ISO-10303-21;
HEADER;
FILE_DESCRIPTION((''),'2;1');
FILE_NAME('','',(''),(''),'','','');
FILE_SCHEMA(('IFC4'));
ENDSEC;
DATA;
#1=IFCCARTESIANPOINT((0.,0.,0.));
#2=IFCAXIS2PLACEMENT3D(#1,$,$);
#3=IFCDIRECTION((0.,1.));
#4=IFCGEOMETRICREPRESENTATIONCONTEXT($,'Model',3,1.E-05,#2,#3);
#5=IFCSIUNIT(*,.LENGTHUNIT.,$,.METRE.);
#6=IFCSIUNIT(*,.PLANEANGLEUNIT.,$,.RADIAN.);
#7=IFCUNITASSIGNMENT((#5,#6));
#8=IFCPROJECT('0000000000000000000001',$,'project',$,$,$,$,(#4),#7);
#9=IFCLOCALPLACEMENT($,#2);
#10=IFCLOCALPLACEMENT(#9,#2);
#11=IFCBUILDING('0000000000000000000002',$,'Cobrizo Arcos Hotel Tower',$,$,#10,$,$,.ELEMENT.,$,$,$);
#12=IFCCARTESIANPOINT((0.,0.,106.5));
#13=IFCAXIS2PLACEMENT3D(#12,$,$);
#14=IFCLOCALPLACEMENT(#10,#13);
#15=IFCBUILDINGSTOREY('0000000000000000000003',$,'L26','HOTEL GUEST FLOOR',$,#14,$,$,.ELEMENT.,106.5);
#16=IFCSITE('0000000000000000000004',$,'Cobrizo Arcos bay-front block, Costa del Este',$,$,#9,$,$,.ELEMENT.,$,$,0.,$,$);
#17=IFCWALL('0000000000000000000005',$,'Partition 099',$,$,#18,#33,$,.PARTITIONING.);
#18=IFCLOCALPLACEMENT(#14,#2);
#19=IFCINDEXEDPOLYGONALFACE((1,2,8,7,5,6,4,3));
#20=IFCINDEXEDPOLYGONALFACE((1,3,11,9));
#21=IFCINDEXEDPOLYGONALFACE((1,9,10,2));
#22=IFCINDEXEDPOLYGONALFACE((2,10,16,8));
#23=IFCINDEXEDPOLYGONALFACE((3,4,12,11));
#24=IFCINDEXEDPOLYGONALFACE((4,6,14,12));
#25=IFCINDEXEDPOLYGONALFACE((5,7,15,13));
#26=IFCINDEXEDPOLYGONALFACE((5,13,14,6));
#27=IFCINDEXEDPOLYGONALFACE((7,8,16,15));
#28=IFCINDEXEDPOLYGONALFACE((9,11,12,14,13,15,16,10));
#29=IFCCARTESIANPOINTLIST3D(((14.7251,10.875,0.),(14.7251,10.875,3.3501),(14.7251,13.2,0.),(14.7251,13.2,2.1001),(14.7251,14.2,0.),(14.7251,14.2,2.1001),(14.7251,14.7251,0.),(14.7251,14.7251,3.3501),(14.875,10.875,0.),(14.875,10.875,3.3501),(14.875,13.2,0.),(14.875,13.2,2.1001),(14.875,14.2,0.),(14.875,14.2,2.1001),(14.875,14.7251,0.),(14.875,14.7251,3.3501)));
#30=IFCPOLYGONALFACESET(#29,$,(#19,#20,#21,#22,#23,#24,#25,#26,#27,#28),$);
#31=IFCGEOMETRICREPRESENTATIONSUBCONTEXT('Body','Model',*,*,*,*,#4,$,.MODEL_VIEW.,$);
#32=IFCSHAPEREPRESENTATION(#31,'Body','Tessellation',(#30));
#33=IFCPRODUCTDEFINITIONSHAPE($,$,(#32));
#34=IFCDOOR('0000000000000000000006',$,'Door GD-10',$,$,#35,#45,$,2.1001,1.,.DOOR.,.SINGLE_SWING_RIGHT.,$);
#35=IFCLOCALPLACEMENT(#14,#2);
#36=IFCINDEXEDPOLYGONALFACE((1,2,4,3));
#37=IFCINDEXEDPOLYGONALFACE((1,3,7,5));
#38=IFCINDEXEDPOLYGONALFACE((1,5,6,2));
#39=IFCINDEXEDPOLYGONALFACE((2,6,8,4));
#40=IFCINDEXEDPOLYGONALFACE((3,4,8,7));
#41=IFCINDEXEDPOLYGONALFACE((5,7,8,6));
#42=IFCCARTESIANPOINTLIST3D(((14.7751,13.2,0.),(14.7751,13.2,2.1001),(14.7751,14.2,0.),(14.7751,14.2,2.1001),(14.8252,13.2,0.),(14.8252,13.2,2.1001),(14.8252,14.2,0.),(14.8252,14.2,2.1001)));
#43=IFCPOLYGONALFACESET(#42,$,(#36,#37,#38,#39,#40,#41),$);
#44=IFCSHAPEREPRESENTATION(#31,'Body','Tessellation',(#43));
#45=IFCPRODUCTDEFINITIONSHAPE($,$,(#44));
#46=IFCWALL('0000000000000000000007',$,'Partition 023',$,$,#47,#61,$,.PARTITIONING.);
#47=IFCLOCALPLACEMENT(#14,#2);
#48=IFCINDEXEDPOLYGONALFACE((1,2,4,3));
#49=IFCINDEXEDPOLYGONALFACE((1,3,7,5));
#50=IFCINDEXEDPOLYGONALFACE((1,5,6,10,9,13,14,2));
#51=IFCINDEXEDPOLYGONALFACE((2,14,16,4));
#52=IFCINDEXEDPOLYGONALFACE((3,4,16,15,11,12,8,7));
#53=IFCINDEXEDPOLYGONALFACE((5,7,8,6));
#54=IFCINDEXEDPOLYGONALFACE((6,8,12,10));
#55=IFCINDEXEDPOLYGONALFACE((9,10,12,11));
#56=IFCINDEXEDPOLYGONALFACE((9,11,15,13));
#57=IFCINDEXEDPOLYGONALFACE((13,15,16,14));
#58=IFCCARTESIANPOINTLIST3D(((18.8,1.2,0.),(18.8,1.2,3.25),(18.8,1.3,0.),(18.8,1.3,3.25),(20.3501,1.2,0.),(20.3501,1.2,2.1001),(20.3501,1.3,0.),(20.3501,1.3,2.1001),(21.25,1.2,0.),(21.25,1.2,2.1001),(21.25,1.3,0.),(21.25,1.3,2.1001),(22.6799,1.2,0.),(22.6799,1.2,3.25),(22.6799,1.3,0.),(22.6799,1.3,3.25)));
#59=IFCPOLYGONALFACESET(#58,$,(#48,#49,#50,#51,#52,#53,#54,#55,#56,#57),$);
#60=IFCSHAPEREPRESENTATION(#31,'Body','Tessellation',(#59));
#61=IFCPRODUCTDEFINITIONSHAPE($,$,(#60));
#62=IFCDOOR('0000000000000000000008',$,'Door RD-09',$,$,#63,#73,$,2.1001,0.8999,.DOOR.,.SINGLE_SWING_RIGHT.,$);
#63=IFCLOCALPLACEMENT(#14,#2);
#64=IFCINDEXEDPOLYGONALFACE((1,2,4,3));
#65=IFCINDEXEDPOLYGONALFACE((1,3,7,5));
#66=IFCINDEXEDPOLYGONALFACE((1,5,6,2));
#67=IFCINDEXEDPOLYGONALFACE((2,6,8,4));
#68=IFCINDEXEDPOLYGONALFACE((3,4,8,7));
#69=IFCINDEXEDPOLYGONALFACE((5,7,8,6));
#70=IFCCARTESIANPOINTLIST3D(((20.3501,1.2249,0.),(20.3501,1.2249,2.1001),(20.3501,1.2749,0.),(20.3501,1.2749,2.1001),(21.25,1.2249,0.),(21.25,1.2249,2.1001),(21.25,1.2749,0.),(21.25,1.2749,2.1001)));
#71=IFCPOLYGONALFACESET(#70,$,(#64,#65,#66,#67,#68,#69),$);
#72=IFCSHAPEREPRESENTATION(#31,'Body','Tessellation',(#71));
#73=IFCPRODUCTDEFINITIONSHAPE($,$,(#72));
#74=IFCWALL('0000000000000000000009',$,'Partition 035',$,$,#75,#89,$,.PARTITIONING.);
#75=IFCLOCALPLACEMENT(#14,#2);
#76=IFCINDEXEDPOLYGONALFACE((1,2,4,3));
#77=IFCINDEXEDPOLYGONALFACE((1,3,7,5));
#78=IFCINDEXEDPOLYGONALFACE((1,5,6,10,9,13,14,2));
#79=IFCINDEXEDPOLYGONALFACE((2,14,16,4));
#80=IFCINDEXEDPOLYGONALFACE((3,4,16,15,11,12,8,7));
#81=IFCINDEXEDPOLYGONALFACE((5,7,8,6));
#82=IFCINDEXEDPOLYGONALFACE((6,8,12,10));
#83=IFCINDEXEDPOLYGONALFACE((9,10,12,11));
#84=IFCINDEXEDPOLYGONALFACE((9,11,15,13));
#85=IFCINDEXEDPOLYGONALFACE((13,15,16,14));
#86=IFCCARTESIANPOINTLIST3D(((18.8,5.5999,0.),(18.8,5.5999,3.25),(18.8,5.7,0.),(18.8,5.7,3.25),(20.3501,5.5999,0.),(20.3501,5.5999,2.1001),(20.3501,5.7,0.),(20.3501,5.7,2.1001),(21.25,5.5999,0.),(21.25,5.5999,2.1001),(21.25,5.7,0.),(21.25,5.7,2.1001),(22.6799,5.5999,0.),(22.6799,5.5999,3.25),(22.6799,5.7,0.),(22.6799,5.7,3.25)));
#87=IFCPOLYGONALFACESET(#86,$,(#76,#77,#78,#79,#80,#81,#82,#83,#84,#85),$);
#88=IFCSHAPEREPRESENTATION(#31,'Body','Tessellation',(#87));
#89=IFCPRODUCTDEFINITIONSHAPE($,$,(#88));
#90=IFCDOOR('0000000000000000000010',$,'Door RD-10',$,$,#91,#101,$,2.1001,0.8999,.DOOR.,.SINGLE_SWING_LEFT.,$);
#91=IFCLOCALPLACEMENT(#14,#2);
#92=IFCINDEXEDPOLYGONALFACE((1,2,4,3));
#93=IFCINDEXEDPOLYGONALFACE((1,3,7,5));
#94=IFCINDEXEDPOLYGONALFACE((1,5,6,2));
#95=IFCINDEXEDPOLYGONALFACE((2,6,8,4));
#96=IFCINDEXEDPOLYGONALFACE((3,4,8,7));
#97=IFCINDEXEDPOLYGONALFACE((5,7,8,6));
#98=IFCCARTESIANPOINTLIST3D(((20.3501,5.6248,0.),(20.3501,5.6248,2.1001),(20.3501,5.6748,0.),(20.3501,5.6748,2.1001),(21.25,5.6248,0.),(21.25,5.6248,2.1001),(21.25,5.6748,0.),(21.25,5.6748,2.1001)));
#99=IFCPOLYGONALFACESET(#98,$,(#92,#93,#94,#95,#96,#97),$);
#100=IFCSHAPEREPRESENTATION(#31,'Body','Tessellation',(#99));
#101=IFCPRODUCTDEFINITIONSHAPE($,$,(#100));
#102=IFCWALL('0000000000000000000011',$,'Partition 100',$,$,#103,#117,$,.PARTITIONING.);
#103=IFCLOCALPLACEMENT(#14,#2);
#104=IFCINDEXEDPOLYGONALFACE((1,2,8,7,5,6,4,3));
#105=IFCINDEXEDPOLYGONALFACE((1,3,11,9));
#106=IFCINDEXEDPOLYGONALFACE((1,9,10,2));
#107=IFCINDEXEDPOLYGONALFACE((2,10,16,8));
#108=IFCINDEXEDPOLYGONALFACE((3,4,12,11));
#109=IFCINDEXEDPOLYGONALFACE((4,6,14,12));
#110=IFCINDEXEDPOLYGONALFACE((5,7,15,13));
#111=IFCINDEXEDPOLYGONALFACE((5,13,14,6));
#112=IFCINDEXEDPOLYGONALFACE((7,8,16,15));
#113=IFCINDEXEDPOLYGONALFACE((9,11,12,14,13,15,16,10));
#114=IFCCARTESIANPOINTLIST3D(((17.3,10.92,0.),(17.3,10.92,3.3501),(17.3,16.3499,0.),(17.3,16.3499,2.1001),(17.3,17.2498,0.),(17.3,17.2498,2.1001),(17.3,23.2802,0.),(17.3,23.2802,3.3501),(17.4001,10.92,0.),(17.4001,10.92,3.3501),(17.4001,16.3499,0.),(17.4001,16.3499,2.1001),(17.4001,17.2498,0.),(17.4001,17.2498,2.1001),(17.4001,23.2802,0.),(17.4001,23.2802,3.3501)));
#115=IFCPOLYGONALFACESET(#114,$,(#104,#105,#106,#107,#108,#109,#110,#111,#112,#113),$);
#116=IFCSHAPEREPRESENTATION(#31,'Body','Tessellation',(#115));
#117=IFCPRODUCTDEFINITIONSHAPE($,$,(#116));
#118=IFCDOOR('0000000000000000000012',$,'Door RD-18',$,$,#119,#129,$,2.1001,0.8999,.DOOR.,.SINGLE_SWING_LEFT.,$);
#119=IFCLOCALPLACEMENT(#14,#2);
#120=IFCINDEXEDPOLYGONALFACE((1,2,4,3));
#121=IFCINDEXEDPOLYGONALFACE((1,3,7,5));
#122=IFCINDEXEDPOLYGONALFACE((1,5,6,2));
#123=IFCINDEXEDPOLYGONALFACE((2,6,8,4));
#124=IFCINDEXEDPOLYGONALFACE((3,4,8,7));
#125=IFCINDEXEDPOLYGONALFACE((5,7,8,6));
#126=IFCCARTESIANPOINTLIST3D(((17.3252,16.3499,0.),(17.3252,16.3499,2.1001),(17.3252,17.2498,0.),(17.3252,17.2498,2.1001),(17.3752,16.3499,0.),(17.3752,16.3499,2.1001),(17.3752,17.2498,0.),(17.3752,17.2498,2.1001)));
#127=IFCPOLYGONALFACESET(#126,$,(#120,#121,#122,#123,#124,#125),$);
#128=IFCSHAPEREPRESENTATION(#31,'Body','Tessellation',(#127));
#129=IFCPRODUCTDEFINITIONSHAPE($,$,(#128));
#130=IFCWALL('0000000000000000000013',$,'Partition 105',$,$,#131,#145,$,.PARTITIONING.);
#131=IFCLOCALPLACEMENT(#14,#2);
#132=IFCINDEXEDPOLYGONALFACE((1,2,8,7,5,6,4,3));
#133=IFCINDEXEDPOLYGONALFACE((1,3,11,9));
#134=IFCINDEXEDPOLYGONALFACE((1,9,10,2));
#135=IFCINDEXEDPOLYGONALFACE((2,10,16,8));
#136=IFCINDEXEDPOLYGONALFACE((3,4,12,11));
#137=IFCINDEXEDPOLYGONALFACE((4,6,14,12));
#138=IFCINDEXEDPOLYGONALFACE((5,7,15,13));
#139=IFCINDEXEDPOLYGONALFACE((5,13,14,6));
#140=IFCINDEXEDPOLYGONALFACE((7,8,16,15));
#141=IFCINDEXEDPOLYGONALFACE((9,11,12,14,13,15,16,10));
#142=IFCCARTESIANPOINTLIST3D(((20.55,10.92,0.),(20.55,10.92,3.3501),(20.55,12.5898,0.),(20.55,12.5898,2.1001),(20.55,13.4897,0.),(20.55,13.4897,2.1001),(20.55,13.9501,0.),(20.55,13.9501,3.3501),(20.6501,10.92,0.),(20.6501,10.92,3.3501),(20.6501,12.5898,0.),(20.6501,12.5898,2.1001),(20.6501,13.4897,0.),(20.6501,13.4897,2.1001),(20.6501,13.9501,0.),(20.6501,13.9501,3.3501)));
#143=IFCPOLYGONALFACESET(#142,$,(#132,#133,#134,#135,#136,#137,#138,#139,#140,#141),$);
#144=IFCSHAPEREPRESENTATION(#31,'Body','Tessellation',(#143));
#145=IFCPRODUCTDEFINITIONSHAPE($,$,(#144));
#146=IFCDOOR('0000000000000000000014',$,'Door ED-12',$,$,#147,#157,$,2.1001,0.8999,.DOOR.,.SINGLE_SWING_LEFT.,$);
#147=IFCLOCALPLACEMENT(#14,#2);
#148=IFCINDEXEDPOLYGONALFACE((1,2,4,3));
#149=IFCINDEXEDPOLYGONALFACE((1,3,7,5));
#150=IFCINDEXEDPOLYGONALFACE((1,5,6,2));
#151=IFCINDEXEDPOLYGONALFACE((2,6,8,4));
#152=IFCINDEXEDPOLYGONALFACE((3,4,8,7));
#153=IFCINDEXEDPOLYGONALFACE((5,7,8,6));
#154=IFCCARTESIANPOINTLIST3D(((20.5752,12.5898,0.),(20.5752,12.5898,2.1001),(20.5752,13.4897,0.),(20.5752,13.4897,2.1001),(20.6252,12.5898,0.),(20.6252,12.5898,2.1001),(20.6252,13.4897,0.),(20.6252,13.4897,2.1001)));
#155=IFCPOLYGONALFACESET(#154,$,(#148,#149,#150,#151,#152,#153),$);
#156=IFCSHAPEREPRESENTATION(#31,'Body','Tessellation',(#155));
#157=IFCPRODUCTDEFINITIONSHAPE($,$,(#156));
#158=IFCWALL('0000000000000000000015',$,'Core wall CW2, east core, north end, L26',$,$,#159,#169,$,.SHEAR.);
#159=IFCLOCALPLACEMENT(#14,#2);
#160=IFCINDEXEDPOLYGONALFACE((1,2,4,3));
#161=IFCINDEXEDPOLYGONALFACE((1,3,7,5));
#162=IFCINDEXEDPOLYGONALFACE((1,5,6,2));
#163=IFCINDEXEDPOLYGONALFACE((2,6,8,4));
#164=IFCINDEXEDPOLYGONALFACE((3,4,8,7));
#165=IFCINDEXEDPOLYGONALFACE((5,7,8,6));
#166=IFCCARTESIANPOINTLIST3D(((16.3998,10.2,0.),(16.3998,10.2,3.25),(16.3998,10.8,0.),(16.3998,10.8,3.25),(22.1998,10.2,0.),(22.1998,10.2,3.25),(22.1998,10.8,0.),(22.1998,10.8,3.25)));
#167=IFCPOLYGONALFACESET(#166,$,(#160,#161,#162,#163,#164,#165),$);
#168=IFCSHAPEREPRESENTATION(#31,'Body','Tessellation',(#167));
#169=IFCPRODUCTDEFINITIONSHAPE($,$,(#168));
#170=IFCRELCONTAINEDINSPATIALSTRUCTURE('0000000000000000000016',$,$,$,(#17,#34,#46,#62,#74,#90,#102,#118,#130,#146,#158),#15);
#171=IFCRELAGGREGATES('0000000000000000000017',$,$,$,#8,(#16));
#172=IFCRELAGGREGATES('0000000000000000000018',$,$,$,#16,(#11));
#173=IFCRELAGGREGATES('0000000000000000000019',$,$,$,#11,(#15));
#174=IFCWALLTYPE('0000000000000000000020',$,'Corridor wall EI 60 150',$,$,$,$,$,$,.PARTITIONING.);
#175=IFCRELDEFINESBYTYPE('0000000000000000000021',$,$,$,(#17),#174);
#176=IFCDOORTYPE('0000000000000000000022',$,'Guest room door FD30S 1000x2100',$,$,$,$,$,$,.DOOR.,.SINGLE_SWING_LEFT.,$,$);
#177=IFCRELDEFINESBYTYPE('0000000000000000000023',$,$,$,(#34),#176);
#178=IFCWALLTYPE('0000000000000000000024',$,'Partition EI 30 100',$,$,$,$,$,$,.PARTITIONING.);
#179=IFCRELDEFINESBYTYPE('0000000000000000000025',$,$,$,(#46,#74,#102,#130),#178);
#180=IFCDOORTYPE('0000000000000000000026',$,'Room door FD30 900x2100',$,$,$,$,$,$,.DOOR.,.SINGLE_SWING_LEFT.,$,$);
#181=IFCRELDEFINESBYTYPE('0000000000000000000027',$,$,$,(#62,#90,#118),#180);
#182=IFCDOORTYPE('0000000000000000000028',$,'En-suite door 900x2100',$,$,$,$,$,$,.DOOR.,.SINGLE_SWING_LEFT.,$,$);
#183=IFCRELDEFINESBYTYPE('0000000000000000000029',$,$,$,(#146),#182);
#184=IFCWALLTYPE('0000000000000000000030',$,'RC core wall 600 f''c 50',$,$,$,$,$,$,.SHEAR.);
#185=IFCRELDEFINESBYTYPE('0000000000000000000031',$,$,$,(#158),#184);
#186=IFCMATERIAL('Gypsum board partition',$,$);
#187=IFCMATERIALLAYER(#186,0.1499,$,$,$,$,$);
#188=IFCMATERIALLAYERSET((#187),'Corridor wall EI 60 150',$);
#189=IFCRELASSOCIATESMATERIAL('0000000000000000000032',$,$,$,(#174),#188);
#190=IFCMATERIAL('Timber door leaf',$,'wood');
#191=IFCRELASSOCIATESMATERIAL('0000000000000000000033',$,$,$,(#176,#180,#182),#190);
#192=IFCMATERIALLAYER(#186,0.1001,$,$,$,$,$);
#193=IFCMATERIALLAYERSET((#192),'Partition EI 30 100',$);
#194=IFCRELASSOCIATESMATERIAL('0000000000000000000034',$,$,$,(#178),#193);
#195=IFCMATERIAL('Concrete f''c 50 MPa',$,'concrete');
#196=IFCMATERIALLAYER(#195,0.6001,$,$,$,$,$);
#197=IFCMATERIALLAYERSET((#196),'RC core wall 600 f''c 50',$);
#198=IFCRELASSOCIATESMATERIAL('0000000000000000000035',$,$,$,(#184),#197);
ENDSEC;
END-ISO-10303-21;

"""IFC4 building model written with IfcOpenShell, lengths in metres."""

from ifc_helpers import new_model, si_unit, direction, frame, frame_2d, origin, place, context, subcontext, project, spatial, rectangle, extrude, material, layer, layer_set, type_object, element, fill, save


model = new_model("IFC4")

# Units and contexts
model_context = context("Model", 3, precision=1e-05, world=origin(), true_north=direction((0.0, 1.0)))
body_context = subcontext(model_context, "Body", "Model", "MODEL_VIEW")
ifc_project = project(units=[si_unit("LENGTHUNIT", "METRE"), si_unit("PLANEANGLEUNIT", "RADIAN")], contexts=[model_context])

# Site, building, storey
site_placement = place(None, origin())
site = spatial("IfcSite", under=ifc_project, at=site_placement, Name="Cobrizo Arcos bay-front block, Costa del Este", CompositionType="ELEMENT", RefElevation=0.0)
building_placement = place(site_placement, origin())
building = spatial("IfcBuilding", under=site, at=building_placement, Name="Cobrizo Arcos Hotel Tower", CompositionType="ELEMENT")
storey_placement = place(building_placement, frame((0.0, 0.0, 106.5)))
storey = spatial("IfcBuildingStorey", under=building, at=storey_placement, Name="L26", Description="HOTEL GUEST FLOOR", CompositionType="ELEMENT", Elevation=106.5)

# Shared definitions
ifc_material_1 = material(Name="Gypsum board partition")
ifc_layer_1 = layer(ifc_material_1, 0.1499)
ifc_layer_set_1 = layer_set([ifc_layer_1], Name="Corridor wall EI 60 150")
wall_type_1 = type_object("IfcWallType", Name="Corridor wall EI 60 150", PredefinedType="PARTITIONING", material=ifc_layer_set_1)

# Walls, openings, doors
wall_1_placement = place(storey_placement, frame((14.8, 10.875, 0.0), z_axis=(0.0, 0.0, 1.0), x_axis=(0.0, 1.0, 0.0)))
wall_1 = element("IfcWall", 1, at=wall_1_placement, inside=storey, type_object=wall_type_1, Name="Partition 099", PredefinedType="PARTITIONING", context=body_context, shape_type="SweptSolid", body=[
    extrude(rectangle(XDim=3.8501, YDim=0.1499, at=frame_2d((1.925, 0.0))), origin(), (0.0, 0.0, 1.0), 3.3501),
])
opening_1_placement = place(wall_1_placement, frame((2.325, 0.0, 0.0)))
opening_1 = element("IfcOpeningElement", 2, at=opening_1_placement, cuts=wall_1, PredefinedType="OPENING", context=body_context, shape_type="SweptSolid", body=[
    extrude(rectangle(XDim=1.0, YDim=2.1001, at=frame_2d((0.5, 1.05))), frame((0.0, 0.0869, 0.0), z_axis=(0.0, -1.0, 0.0), x_axis=(1.0, 0.0, 0.0)), (0.0, 0.0, 1.0), 0.1738),
])
ifc_material_2 = material(Name="Timber door leaf", Category="wood")
door_type_1 = type_object("IfcDoorType", Name="Guest room door FD30S 1000x2100", OperationType="SINGLE_SWING_LEFT", PredefinedType="DOOR", material=ifc_material_2)
door_1_placement = place(opening_1_placement, origin())
door_1 = element("IfcDoor", 3, at=door_1_placement, inside=storey, type_object=door_type_1, Name="Door GD-10", OperationType="SINGLE_SWING_RIGHT", OverallHeight=2.1001, OverallWidth=1.0, PredefinedType="DOOR", context=body_context, shape_type="SweptSolid", body=[
    extrude(rectangle(XDim=1.0, YDim=2.1001, at=frame_2d((0.5, 1.05))), frame((0.0, 0.0249, 0.0), z_axis=(0.0, -1.0, 0.0), x_axis=(1.0, 0.0, 0.0)), (0.0, 0.0, 1.0), 0.05),
])
fill(opening_1, door_1)
ifc_layer_2 = layer(ifc_material_1, 0.1001)
ifc_layer_set_2 = layer_set([ifc_layer_2], Name="Partition EI 30 100")
wall_type_2 = type_object("IfcWallType", Name="Partition EI 30 100", PredefinedType="PARTITIONING", material=ifc_layer_set_2)
wall_2_placement = place(storey_placement, frame((18.8, 1.25, 0.0), z_axis=(0.0, 0.0, 1.0), x_axis=(1.0, 0.0, 0.0)))
wall_2 = element("IfcWall", 4, at=wall_2_placement, inside=storey, type_object=wall_type_2, Name="Partition 023", PredefinedType="PARTITIONING", context=body_context, shape_type="SweptSolid", body=[
    extrude(rectangle(XDim=3.8799, YDim=0.1001, at=frame_2d((1.9399, 0.0))), origin(), (0.0, 0.0, 1.0), 3.25),
])
opening_2_placement = place(wall_2_placement, frame((1.55, 0.0, 0.0)))
opening_2 = element("IfcOpeningElement", 5, at=opening_2_placement, cuts=wall_2, PredefinedType="OPENING", context=body_context, shape_type="SweptSolid", body=[
    extrude(rectangle(XDim=0.8999, YDim=2.1001, at=frame_2d((0.45, 1.05))), frame((0.0, 0.062, 0.0), z_axis=(0.0, -1.0, 0.0), x_axis=(1.0, 0.0, 0.0)), (0.0, 0.0, 1.0), 0.124),
])
door_type_2 = type_object("IfcDoorType", Name="Room door FD30 900x2100", OperationType="SINGLE_SWING_LEFT", PredefinedType="DOOR", material=ifc_material_2)
door_2_placement = place(opening_2_placement, origin())
door_2 = element("IfcDoor", 6, at=door_2_placement, inside=storey, type_object=door_type_2, Name="Door RD-09", OperationType="SINGLE_SWING_RIGHT", OverallHeight=2.1001, OverallWidth=0.8999, PredefinedType="DOOR", context=body_context, shape_type="SweptSolid", body=[
    extrude(rectangle(XDim=0.8999, YDim=2.1001, at=frame_2d((0.45, 1.05))), frame((0.0, 0.0249, 0.0), z_axis=(0.0, -1.0, 0.0), x_axis=(1.0, 0.0, 0.0)), (0.0, 0.0, 1.0), 0.05),
])
fill(opening_2, door_2)
wall_3_placement = place(storey_placement, frame((18.8, 5.6499, 0.0), z_axis=(0.0, 0.0, 1.0), x_axis=(1.0, 0.0, 0.0)))
wall_3 = element("IfcWall", 7, at=wall_3_placement, inside=storey, type_object=wall_type_2, Name="Partition 035", PredefinedType="PARTITIONING", context=body_context, shape_type="SweptSolid", body=[
    extrude(rectangle(XDim=3.8799, YDim=0.1001, at=frame_2d((1.9399, 0.0))), origin(), (0.0, 0.0, 1.0), 3.25),
])
opening_3_placement = place(wall_3_placement, frame((1.55, 0.0, 0.0)))
opening_3 = element("IfcOpeningElement", 8, at=opening_3_placement, cuts=wall_3, PredefinedType="OPENING", context=body_context, shape_type="SweptSolid", body=[
    extrude(rectangle(XDim=0.8999, YDim=2.1001, at=frame_2d((0.45, 1.05))), frame((0.0, 0.062, 0.0), z_axis=(0.0, -1.0, 0.0), x_axis=(1.0, 0.0, 0.0)), (0.0, 0.0, 1.0), 0.124),
])
door_3_placement = place(opening_3_placement, origin())
door_3 = element("IfcDoor", 9, at=door_3_placement, inside=storey, type_object=door_type_2, Name="Door RD-10", OperationType="SINGLE_SWING_LEFT", OverallHeight=2.1001, OverallWidth=0.8999, PredefinedType="DOOR", context=body_context, shape_type="SweptSolid", body=[
    extrude(rectangle(XDim=0.8999, YDim=2.1001, at=frame_2d((0.45, 1.05))), frame((0.0, 0.0249, 0.0), z_axis=(0.0, -1.0, 0.0), x_axis=(1.0, 0.0, 0.0)), (0.0, 0.0, 1.0), 0.05),
])
fill(opening_3, door_3)
wall_4_placement = place(storey_placement, frame((17.3501, 10.9199, 0.0), z_axis=(0.0, 0.0, 1.0), x_axis=(0.0, 1.0, 0.0)))
wall_4 = element("IfcWall", 10, at=wall_4_placement, inside=storey, type_object=wall_type_2, Name="Partition 100", PredefinedType="PARTITIONING", context=body_context, shape_type="SweptSolid", body=[
    extrude(rectangle(XDim=12.3601, YDim=0.1001, at=frame_2d((6.1802, 0.0))), origin(), (0.0, 0.0, 1.0), 3.3501),
])
opening_4_placement = place(wall_4_placement, frame((5.4299, 0.0, 0.0)))
opening_4 = element("IfcOpeningElement", 11, at=opening_4_placement, cuts=wall_4, PredefinedType="OPENING", context=body_context, shape_type="SweptSolid", body=[
    extrude(rectangle(XDim=0.8999, YDim=2.1001, at=frame_2d((0.45, 1.05))), frame((0.0, 0.062, 0.0), z_axis=(0.0, -1.0, 0.0), x_axis=(1.0, 0.0, 0.0)), (0.0, 0.0, 1.0), 0.124),
])
door_4_placement = place(opening_4_placement, origin())
door_4 = element("IfcDoor", 12, at=door_4_placement, inside=storey, type_object=door_type_2, Name="Door RD-18", OperationType="SINGLE_SWING_LEFT", OverallHeight=2.1001, OverallWidth=0.8999, PredefinedType="DOOR", context=body_context, shape_type="SweptSolid", body=[
    extrude(rectangle(XDim=0.8999, YDim=2.1001, at=frame_2d((0.45, 1.05))), frame((0.0, 0.0249, 0.0), z_axis=(0.0, -1.0, 0.0), x_axis=(1.0, 0.0, 0.0)), (0.0, 0.0, 1.0), 0.05),
])
fill(opening_4, door_4)
wall_5_placement = place(storey_placement, frame((20.6001, 10.9199, 0.0), z_axis=(0.0, 0.0, 1.0), x_axis=(0.0, 1.0, 0.0)))
wall_5 = element("IfcWall", 13, at=wall_5_placement, inside=storey, type_object=wall_type_2, Name="Partition 105", PredefinedType="PARTITIONING", context=body_context, shape_type="SweptSolid", body=[
    extrude(rectangle(XDim=3.03, YDim=0.1001, at=frame_2d((1.5151, 0.0))), origin(), (0.0, 0.0, 1.0), 3.3501),
])
opening_5_placement = place(wall_5_placement, frame((1.6699, 0.0, 0.0)))
opening_5 = element("IfcOpeningElement", 14, at=opening_5_placement, cuts=wall_5, PredefinedType="OPENING", context=body_context, shape_type="SweptSolid", body=[
    extrude(rectangle(XDim=0.8999, YDim=2.1001, at=frame_2d((0.45, 1.05))), frame((0.0, 0.062, 0.0), z_axis=(0.0, -1.0, 0.0), x_axis=(1.0, 0.0, 0.0)), (0.0, 0.0, 1.0), 0.124),
])
door_type_3 = type_object("IfcDoorType", Name="En-suite door 900x2100", OperationType="SINGLE_SWING_LEFT", PredefinedType="DOOR", material=ifc_material_2)
door_5_placement = place(opening_5_placement, origin())
door_5 = element("IfcDoor", 15, at=door_5_placement, inside=storey, type_object=door_type_3, Name="Door ED-12", OperationType="SINGLE_SWING_LEFT", OverallHeight=2.1001, OverallWidth=0.8999, PredefinedType="DOOR", context=body_context, shape_type="SweptSolid", body=[
    extrude(rectangle(XDim=0.8999, YDim=2.1001, at=frame_2d((0.45, 1.05))), frame((0.0, 0.0249, 0.0), z_axis=(0.0, -1.0, 0.0), x_axis=(1.0, 0.0, 0.0)), (0.0, 0.0, 1.0), 0.05),
])
fill(opening_5, door_5)

# Wall
ifc_material_3 = material(Name="Concrete f'c 50 MPa", Category="concrete")
ifc_layer_3 = layer(ifc_material_3, 0.6001)
ifc_layer_set_3 = layer_set([ifc_layer_3], Name="RC core wall 600 f'c 50")
wall_type_3 = type_object("IfcWallType", Name="RC core wall 600 f'c 50", PredefinedType="SHEAR", material=ifc_layer_set_3)
wall_6_placement = place(storey_placement, frame((16.3999, 10.5, 0.0), z_axis=(0.0, 0.0, 1.0), x_axis=(1.0, 0.0, 0.0)))
element("IfcWall", 16, at=wall_6_placement, inside=storey, type_object=wall_type_3, Name="Core wall CW2, east core, north end, L26", PredefinedType="SHEAR", context=body_context, shape_type="SweptSolid", body=[
    extrude(rectangle(XDim=5.8, YDim=0.6001, at=frame_2d((2.8999, 0.0))), origin(), (0.0, 0.0, 1.0), 3.25),
])

save(model, "model.ifc")
